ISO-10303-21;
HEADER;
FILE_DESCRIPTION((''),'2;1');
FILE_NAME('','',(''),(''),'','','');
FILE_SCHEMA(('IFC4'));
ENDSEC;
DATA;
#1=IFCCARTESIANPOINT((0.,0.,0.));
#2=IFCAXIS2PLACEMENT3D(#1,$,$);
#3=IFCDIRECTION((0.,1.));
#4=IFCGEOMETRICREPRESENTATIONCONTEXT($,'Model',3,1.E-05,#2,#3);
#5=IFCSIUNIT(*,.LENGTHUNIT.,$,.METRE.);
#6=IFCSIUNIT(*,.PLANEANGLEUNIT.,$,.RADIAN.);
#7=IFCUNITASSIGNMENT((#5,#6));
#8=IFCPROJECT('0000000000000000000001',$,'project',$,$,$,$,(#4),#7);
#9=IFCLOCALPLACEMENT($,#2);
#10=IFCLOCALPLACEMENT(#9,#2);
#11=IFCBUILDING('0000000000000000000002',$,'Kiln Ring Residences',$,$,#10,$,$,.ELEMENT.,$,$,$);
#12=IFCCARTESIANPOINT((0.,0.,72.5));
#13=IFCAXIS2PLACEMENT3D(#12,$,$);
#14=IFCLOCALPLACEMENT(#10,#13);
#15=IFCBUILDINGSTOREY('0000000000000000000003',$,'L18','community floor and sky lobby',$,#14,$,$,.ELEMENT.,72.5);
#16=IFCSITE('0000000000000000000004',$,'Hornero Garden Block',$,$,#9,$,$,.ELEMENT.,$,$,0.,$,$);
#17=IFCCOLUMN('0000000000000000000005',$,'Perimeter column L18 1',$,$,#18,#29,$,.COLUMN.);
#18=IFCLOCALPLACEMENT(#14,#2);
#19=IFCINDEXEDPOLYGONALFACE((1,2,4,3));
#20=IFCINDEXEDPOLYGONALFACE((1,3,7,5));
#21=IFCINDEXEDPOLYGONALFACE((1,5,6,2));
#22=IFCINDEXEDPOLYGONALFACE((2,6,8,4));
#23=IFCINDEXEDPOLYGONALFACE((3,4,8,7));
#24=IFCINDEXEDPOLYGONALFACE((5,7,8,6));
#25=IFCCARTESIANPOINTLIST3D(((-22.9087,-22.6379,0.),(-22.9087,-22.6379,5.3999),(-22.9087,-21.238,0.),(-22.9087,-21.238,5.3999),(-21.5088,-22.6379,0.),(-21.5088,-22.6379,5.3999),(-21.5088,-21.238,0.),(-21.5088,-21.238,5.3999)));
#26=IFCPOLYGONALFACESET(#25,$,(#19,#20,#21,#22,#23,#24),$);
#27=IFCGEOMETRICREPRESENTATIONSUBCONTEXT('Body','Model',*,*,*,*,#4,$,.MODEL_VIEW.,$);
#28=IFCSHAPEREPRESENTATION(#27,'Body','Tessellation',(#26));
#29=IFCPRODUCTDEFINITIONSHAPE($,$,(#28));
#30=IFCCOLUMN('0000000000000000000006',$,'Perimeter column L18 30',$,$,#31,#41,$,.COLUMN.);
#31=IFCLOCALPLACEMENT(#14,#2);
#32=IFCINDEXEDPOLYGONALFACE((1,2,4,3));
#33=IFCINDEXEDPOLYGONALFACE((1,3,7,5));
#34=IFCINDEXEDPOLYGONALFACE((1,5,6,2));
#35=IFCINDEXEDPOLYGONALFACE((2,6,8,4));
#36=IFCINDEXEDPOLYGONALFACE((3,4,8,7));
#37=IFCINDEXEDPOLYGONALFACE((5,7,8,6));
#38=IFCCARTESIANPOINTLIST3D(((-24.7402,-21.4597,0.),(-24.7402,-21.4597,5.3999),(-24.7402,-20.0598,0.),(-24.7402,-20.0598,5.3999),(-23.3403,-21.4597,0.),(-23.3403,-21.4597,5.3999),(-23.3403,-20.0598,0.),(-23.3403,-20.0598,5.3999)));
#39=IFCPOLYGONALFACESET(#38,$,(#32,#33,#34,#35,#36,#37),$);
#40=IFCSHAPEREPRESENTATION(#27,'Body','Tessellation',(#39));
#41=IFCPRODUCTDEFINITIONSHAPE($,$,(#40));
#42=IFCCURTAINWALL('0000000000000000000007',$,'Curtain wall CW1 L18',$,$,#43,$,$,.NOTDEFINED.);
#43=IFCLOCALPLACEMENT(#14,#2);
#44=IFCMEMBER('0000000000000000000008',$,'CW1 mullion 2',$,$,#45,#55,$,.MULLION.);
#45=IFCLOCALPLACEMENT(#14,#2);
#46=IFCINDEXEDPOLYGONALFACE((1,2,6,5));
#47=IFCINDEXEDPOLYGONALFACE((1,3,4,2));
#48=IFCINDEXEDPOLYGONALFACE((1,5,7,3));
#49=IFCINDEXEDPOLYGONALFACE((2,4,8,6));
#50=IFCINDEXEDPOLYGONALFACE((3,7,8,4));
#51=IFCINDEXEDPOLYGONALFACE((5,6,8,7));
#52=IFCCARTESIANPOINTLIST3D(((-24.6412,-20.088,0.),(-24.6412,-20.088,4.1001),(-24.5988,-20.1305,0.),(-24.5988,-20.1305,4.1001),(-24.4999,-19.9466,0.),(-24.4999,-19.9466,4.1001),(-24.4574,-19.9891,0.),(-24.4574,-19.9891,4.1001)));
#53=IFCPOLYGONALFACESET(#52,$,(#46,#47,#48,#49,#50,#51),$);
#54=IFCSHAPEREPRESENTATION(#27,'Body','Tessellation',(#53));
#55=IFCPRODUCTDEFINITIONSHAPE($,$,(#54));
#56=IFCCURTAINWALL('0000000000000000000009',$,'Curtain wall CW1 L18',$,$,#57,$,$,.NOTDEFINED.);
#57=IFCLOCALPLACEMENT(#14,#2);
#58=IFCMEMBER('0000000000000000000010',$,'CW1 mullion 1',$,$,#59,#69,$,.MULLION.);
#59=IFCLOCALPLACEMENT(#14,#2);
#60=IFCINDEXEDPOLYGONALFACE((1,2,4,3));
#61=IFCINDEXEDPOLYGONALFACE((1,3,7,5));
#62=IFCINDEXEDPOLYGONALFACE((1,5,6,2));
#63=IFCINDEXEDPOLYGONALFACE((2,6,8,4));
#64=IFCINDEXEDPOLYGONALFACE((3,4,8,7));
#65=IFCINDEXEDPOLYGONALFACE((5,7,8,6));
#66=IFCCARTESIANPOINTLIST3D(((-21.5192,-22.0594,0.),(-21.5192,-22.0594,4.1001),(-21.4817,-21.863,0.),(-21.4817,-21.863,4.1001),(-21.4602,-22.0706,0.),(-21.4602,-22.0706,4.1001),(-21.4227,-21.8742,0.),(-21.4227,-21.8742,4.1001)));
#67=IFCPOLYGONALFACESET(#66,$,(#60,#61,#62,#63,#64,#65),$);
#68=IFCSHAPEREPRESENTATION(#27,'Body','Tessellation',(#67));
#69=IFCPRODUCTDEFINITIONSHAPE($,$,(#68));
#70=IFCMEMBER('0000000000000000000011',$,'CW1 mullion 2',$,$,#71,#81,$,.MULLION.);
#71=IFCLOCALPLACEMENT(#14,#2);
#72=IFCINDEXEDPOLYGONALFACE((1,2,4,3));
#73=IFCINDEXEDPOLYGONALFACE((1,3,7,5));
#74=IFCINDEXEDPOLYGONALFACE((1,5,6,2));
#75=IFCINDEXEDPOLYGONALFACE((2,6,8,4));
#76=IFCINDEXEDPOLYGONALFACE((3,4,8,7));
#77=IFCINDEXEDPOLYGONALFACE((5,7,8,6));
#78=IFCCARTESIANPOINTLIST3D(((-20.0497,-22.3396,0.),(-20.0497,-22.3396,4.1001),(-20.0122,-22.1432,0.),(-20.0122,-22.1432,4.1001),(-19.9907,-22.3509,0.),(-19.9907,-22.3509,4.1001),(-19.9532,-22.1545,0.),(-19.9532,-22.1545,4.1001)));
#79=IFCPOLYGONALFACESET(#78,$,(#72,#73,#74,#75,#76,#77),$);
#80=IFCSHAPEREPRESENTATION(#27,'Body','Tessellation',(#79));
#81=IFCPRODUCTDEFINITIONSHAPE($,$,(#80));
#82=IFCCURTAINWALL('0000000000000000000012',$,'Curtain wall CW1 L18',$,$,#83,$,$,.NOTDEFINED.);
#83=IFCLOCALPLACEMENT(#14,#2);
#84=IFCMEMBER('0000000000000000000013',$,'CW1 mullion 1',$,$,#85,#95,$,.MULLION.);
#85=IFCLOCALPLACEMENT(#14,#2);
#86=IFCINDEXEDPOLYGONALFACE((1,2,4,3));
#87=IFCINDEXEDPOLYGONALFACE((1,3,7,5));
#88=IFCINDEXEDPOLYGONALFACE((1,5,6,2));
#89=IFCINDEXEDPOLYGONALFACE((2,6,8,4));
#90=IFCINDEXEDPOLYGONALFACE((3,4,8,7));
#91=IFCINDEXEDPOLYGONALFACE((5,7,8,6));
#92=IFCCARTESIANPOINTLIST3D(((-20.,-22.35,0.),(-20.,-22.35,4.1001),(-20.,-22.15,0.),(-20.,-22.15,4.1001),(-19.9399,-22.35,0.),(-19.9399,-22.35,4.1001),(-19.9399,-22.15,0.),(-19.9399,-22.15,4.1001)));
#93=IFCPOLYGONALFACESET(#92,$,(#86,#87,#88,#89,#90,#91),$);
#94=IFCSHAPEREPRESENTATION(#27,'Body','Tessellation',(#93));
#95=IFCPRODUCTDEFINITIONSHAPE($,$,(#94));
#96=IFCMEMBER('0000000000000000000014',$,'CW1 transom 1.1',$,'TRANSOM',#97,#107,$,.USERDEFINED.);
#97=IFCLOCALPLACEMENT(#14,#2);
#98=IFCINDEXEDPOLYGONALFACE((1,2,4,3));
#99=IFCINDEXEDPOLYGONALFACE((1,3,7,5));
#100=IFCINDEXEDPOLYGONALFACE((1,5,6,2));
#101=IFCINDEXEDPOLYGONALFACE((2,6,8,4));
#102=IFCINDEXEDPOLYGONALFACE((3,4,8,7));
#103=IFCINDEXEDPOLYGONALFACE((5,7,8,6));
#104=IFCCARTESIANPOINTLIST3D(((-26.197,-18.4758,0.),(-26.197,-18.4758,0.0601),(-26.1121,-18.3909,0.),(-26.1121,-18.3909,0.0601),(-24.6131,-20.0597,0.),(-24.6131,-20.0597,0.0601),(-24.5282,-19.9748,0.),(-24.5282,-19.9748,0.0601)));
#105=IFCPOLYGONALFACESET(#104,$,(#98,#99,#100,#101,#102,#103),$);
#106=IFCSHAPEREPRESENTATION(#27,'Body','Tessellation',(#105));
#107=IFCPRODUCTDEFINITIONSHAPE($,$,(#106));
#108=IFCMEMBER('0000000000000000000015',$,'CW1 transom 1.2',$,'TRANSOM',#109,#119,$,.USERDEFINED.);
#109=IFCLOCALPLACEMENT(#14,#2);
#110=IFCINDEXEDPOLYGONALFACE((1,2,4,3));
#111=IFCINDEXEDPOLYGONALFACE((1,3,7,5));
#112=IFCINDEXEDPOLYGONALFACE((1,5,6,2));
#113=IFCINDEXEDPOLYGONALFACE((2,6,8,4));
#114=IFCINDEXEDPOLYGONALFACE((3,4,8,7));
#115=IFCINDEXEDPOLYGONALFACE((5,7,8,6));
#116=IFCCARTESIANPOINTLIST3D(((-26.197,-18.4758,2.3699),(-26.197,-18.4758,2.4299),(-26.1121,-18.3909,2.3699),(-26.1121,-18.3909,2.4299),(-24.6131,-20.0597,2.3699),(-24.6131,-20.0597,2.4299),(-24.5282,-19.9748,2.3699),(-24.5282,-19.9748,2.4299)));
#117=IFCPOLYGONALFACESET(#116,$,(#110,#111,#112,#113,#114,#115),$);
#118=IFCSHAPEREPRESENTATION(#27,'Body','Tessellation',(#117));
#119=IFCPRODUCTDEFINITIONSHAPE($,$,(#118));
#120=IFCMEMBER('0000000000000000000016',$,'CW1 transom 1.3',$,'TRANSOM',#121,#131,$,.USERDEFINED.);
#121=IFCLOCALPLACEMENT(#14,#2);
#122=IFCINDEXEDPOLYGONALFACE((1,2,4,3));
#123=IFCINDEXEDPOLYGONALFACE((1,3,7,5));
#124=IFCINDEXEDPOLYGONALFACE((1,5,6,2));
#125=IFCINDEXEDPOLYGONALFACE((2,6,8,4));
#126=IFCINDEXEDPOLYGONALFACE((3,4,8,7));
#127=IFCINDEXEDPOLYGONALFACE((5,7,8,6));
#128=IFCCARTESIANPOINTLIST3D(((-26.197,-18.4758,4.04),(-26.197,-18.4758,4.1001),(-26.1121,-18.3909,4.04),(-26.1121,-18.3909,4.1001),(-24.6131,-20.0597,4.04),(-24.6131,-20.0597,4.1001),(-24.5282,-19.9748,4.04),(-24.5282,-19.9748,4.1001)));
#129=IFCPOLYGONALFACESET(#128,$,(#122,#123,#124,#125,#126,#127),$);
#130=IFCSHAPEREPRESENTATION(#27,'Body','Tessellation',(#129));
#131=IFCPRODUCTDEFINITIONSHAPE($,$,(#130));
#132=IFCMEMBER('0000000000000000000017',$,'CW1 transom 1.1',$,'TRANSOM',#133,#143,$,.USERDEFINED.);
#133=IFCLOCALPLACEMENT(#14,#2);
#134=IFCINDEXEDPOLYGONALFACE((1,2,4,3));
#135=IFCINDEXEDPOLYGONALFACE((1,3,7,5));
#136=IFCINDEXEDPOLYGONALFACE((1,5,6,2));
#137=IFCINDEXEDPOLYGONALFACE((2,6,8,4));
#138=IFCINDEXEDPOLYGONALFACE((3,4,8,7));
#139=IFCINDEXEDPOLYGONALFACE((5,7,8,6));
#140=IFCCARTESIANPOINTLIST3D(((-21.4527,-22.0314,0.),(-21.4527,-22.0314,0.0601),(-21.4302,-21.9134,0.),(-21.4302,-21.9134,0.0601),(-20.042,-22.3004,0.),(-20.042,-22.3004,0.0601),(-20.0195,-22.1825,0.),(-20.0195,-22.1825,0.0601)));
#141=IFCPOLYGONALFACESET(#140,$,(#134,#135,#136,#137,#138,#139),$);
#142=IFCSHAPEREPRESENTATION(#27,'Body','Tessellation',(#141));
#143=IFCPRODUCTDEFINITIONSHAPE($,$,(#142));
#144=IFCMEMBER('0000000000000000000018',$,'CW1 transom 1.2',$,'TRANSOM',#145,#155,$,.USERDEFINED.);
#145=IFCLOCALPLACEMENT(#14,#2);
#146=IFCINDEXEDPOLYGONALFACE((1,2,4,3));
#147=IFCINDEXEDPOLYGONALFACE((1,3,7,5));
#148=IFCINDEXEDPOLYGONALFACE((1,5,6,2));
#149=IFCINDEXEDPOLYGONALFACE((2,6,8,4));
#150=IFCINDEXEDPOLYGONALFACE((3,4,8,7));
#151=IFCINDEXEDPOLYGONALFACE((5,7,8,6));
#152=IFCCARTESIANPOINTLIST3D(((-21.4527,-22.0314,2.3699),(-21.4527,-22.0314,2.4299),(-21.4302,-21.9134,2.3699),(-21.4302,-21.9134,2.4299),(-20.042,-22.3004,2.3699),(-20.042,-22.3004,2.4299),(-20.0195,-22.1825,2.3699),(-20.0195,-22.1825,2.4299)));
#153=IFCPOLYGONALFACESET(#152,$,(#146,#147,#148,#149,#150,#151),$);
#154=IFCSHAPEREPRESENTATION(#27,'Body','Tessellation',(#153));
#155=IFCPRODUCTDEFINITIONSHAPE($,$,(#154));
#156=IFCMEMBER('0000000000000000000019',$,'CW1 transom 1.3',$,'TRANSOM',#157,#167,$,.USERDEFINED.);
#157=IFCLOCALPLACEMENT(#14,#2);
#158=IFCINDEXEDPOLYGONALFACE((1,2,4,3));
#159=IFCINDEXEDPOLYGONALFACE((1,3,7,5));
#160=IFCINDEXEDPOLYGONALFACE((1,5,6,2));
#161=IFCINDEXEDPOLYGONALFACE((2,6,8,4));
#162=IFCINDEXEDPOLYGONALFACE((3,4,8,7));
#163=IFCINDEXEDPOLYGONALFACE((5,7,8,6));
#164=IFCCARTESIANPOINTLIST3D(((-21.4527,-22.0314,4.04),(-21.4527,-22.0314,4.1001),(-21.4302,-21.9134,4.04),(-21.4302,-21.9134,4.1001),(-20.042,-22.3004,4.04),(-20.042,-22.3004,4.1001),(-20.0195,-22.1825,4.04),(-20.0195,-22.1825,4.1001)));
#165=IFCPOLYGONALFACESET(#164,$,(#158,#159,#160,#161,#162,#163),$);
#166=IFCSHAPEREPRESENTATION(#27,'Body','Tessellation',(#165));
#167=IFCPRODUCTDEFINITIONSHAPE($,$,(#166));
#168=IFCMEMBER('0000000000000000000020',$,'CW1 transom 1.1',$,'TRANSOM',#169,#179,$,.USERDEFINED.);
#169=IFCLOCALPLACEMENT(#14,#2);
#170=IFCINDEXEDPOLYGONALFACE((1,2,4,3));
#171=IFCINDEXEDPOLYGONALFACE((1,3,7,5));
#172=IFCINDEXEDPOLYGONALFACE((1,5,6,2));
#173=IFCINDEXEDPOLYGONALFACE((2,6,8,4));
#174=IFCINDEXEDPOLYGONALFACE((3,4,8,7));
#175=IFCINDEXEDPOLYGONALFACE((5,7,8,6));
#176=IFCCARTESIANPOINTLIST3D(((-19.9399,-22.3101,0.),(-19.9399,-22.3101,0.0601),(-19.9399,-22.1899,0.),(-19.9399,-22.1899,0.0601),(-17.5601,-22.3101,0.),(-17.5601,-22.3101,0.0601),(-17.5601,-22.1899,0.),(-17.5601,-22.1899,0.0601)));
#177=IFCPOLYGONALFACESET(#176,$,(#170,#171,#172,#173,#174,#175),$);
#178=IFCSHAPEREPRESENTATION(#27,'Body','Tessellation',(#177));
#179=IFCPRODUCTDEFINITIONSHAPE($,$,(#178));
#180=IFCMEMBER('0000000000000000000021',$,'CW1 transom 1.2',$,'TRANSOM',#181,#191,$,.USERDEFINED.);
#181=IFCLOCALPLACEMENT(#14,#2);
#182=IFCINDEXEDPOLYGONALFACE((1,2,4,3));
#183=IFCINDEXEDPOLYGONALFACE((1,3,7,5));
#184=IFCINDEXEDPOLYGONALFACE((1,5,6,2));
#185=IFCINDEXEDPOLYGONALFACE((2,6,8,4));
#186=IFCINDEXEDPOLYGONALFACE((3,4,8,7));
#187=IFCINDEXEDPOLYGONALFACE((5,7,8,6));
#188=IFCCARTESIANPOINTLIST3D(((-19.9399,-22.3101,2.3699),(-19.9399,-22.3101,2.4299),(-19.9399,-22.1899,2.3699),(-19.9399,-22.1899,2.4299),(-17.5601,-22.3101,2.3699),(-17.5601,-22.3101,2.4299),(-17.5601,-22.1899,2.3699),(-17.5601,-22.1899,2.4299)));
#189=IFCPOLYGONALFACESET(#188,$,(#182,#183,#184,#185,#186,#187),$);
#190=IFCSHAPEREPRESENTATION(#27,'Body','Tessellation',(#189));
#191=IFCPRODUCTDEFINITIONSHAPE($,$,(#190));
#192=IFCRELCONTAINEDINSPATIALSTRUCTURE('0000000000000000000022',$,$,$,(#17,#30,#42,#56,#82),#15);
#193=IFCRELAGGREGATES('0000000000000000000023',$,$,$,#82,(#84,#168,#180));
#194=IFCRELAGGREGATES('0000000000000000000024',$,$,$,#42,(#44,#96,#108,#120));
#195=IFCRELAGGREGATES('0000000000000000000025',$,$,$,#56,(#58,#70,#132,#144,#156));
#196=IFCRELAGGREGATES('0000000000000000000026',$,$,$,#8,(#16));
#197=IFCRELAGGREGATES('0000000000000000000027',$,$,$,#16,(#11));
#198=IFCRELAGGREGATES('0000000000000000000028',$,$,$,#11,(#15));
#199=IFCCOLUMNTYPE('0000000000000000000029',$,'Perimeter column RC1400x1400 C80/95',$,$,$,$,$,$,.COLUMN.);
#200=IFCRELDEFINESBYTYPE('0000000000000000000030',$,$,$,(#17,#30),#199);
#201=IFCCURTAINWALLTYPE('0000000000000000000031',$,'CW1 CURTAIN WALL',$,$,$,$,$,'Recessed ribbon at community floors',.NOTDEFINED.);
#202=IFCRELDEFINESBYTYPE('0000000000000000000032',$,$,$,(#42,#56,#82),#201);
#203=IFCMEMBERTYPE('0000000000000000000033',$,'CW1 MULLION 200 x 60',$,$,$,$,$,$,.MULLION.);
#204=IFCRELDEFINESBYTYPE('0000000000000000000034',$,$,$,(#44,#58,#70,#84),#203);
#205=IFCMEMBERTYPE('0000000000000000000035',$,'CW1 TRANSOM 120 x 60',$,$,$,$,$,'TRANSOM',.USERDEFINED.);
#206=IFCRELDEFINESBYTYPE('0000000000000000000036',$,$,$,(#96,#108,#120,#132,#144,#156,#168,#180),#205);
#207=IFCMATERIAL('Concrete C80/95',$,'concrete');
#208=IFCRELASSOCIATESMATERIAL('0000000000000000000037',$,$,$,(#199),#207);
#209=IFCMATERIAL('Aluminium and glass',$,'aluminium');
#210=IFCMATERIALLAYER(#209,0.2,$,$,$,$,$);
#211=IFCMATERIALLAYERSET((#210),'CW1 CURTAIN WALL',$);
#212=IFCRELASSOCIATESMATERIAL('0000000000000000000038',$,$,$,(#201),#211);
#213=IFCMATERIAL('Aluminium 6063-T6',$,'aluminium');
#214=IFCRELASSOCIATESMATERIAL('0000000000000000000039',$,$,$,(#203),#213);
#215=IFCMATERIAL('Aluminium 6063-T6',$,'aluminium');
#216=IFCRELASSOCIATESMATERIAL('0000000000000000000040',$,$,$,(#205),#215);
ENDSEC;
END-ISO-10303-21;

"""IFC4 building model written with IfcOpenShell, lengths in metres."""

from ifc_helpers import new_model, si_unit, direction, frame, origin, origin_2d, place, context, subcontext, project, spatial, rectangle, extrude, material, layer, layer_set, material_profile, profile_set, type_object, element, aggregate, save


model = new_model("IFC4")

# Units and contexts
model_context = context("Model", 3, precision=1e-05, world=origin(), true_north=direction((0.0, 1.0)))
body_context = subcontext(model_context, "Body", "Model", "MODEL_VIEW")
ifc_project = project(units=[si_unit("LENGTHUNIT", "METRE"), si_unit("PLANEANGLEUNIT", "RADIAN")], contexts=[model_context])

# Site, building, storey
site_placement = place(None, origin())
site = spatial("IfcSite", under=ifc_project, at=site_placement, Name="Hornero Garden Block", CompositionType="ELEMENT", RefElevation=0.0)
building_placement = place(site_placement, origin())
building = spatial("IfcBuilding", under=site, at=building_placement, Name="Kiln Ring Residences", CompositionType="ELEMENT")
storey_placement = place(building_placement, frame((0.0, 0.0, 72.5)))
storey = spatial("IfcBuildingStorey", under=building, at=storey_placement, Name="L18", Description="community floor and sky lobby", CompositionType="ELEMENT", Elevation=72.5)

# Columns
ifc_material_1 = material(Name="Concrete C80/95", Category="concrete")
ifc_material_profile_1 = material_profile(ifc_material_1, rectangle(XDim=1.3999, YDim=1.3999, at=origin_2d()), Name="RC1400x1400")
ifc_profile_set_1 = profile_set([ifc_material_profile_1], Name="Concrete C80/95")
column_type = type_object("IfcColumnType", Name="Perimeter column RC1400x1400 C80/95", PredefinedType="COLUMN", material=ifc_profile_set_1)
for number, where, z_axis, x_axis, name in (
    (1, (-22.2087, -21.938, 0.0), (0.0, 0.0, 1.0), (1.0, 0.0, 0.0), "Perimeter column L18 1"),
    (2, (-24.0403, -20.7598, 0.0), (0.0, 0.0, 1.0), (1.0, 0.0, 0.0), "Perimeter column L18 30"),
):
    element("IfcColumn", number, at=place(storey_placement, frame(where, z_axis=z_axis, x_axis=x_axis)), inside=storey, type_object=column_type, Name=name, PredefinedType="COLUMN", context=body_context, shape_type="SweptSolid", body=[
        extrude(rectangle(XDim=1.3999, YDim=1.3999, at=origin_2d()), origin(), (0.0, 0.0, 1.0), 5.3999),
    ])

# Curtain wall, member
ifc_material_2 = material(Name="Aluminium and glass", Category="aluminium")
ifc_layer_1 = layer(ifc_material_2, 0.2)
ifc_layer_set_1 = layer_set([ifc_layer_1], Name="CW1 CURTAIN WALL")
curtain_wall_type = type_object("IfcCurtainWallType", Name="CW1 CURTAIN WALL", ElementType="Recessed ribbon at community floors", PredefinedType="NOTDEFINED", material=ifc_layer_set_1)
placement = place(storey_placement, origin())
curtain_wall_1 = element("IfcCurtainWall", 3, at=placement, inside=storey, type_object=curtain_wall_type, Name="Curtain wall CW1 L18", PredefinedType="NOTDEFINED")
ifc_material_3 = material(Name="Aluminium 6063-T6", Category="aluminium")
ifc_material_profile_2 = material_profile(ifc_material_3, rectangle(XDim=0.2, YDim=0.0601, at=origin_2d()), Name="AL 200x60")
ifc_profile_set_2 = profile_set([ifc_material_profile_2], Name="Aluminium 6063-T6")
member_type_1 = type_object("IfcMemberType", Name="CW1 MULLION 200 x 60", PredefinedType="MULLION", material=ifc_profile_set_2)
member_1_placement = place(storey_placement, frame((-24.5493, -20.0386, 0.0), z_axis=(0.0, 0.0, 1.0), x_axis=(0.707107, 0.707107, 0.0)))
member_1 = element("IfcMember", 4, at=member_1_placement, type_object=member_type_1, Name="CW1 mullion 2", PredefinedType="MULLION", context=body_context, shape_type="SweptSolid", body=[
    extrude(rectangle(XDim=0.2, YDim=0.0601, at=origin_2d()), origin(), (0.0, 0.0, 1.0), 4.1001),
])

# Curtain wall, members
curtain_wall_2 = element("IfcCurtainWall", 5, at=placement, inside=storey, type_object=curtain_wall_type, Name="Curtain wall CW1 L18", PredefinedType="NOTDEFINED")
member_2_placement = place(storey_placement, frame((-21.4709, -21.9668, 0.0), z_axis=(0.0, 0.0, 1.0), x_axis=(0.187366, 0.98229, 0.0)))
member_2 = element("IfcMember", 6, at=member_2_placement, type_object=member_type_1, Name="CW1 mullion 1", PredefinedType="MULLION", context=body_context, shape_type="SweptSolid", body=[
    extrude(rectangle(XDim=0.2, YDim=0.0601, at=origin_2d()), origin(), (0.0, 0.0, 1.0), 4.1001),
])
member_3_placement = place(storey_placement, frame((-20.0015, -22.2471, 0.0), z_axis=(0.0, 0.0, 1.0), x_axis=(0.187366, 0.98229, 0.0)))
member_3 = element("IfcMember", 7, at=member_3_placement, type_object=member_type_1, Name="CW1 mullion 2", PredefinedType="MULLION", context=body_context, shape_type="SweptSolid", body=[
    extrude(rectangle(XDim=0.2, YDim=0.0601, at=origin_2d()), origin(), (0.0, 0.0, 1.0), 4.1001),
])

# Curtain wall, member
curtain_wall_3 = element("IfcCurtainWall", 8, at=placement, inside=storey, type_object=curtain_wall_type, Name="Curtain wall CW1 L18", PredefinedType="NOTDEFINED")
member_4_placement = place(storey_placement, frame((-19.97, -22.25, 0.0), z_axis=(0.0, 0.0, 1.0), x_axis=(0.0, 1.0, 0.0)))
member_4 = element("IfcMember", 9, at=member_4_placement, type_object=member_type_1, Name="CW1 mullion 1", PredefinedType="MULLION", context=body_context, shape_type="SweptSolid", body=[
    extrude(rectangle(XDim=0.2, YDim=0.0601, at=origin_2d()), origin(), (0.0, 0.0, 1.0), 4.1001),
])

# Members
ifc_material_4 = material(Name="Aluminium 6063-T6", Category="aluminium")
ifc_material_profile_3 = material_profile(ifc_material_4, rectangle(XDim=0.1201, YDim=0.0601, at=origin_2d()), Name="AL 120x60")
ifc_profile_set_3 = profile_set([ifc_material_profile_3], Name="Aluminium 6063-T6")
member_type_2 = type_object("IfcMemberType", Name="CW1 TRANSOM 120 x 60", ElementType="TRANSOM", PredefinedType="USERDEFINED", material=ifc_profile_set_3)
member_5_placement = place(storey_placement, frame((-26.1545, -18.4333, 0.03), z_axis=(0.707107, -0.707107, 0.0), x_axis=(0.707107, 0.707107, 0.0)))
member_5 = element("IfcMember", 10, at=member_5_placement, type_object=member_type_2, Name="CW1 transom 1.1", ObjectType="TRANSOM", PredefinedType="USERDEFINED", context=body_context, shape_type="SweptSolid", body=[
    extrude(rectangle(XDim=0.1201, YDim=0.0601, at=origin_2d()), origin(), (0.0, 0.0, 1.0), 2.24),
])
member_6_placement = place(storey_placement, frame((-26.1545, -18.4333, 2.3999), z_axis=(0.707107, -0.707107, 0.0), x_axis=(0.707107, 0.707107, 0.0)))
member_6 = element("IfcMember", 11, at=member_6_placement, type_object=member_type_2, Name="CW1 transom 1.2", ObjectType="TRANSOM", PredefinedType="USERDEFINED", context=body_context, shape_type="SweptSolid", body=[
    extrude(rectangle(XDim=0.1201, YDim=0.0601, at=origin_2d()), origin(), (0.0, 0.0, 1.0), 2.24),
])
member_7_placement = place(storey_placement, frame((-26.1545, -18.4333, 4.0701), z_axis=(0.707107, -0.707107, 0.0), x_axis=(0.707107, 0.707107, 0.0)))
member_7 = element("IfcMember", 12, at=member_7_placement, type_object=member_type_2, Name="CW1 transom 1.3", ObjectType="TRANSOM", PredefinedType="USERDEFINED", context=body_context, shape_type="SweptSolid", body=[
    extrude(rectangle(XDim=0.1201, YDim=0.0601, at=origin_2d()), origin(), (0.0, 0.0, 1.0), 2.24),
])
member_8_placement = place(storey_placement, frame((-21.4414, -21.9724, 0.03), z_axis=(0.982294, -0.187346, 0.0), x_axis=(0.187346, 0.982294, 0.0)))
member_8 = element("IfcMember", 13, at=member_8_placement, type_object=member_type_2, Name="CW1 transom 1.1", ObjectType="TRANSOM", PredefinedType="USERDEFINED", context=body_context, shape_type="SweptSolid", body=[
    extrude(rectangle(XDim=0.1201, YDim=0.0601, at=origin_2d()), origin(), (0.0, 0.0, 1.0), 1.436),
])
member_9_placement = place(storey_placement, frame((-21.4414, -21.9724, 2.3999), z_axis=(0.982294, -0.187346, 0.0), x_axis=(0.187346, 0.982294, 0.0)))
member_9 = element("IfcMember", 14, at=member_9_placement, type_object=member_type_2, Name="CW1 transom 1.2", ObjectType="TRANSOM", PredefinedType="USERDEFINED", context=body_context, shape_type="SweptSolid", body=[
    extrude(rectangle(XDim=0.1201, YDim=0.0601, at=origin_2d()), origin(), (0.0, 0.0, 1.0), 1.436),
])
member_10_placement = place(storey_placement, frame((-21.4414, -21.9724, 4.0701), z_axis=(0.982294, -0.187346, 0.0), x_axis=(0.187346, 0.982294, 0.0)))
member_10 = element("IfcMember", 15, at=member_10_placement, type_object=member_type_2, Name="CW1 transom 1.3", ObjectType="TRANSOM", PredefinedType="USERDEFINED", context=body_context, shape_type="SweptSolid", body=[
    extrude(rectangle(XDim=0.1201, YDim=0.0601, at=origin_2d()), origin(), (0.0, 0.0, 1.0), 1.436),
])
member_11_placement = place(storey_placement, frame((-19.9399, -22.25, 0.03), z_axis=(1.0, 0.0, 0.0), x_axis=(0.0, 1.0, 0.0)))
member_11 = element("IfcMember", 16, at=member_11_placement, type_object=member_type_2, Name="CW1 transom 1.1", ObjectType="TRANSOM", PredefinedType="USERDEFINED", context=body_context, shape_type="SweptSolid", body=[
    extrude(rectangle(XDim=0.1201, YDim=0.0601, at=origin_2d()), origin(), (0.0, 0.0, 1.0), 2.3799),
])
member_12_placement = place(storey_placement, frame((-19.9399, -22.25, 2.3999), z_axis=(1.0, 0.0, 0.0), x_axis=(0.0, 1.0, 0.0)))
member_12 = element("IfcMember", 17, at=member_12_placement, type_object=member_type_2, Name="CW1 transom 1.2", ObjectType="TRANSOM", PredefinedType="USERDEFINED", context=body_context, shape_type="SweptSolid", body=[
    extrude(rectangle(XDim=0.1201, YDim=0.0601, at=origin_2d()), origin(), (0.0, 0.0, 1.0), 2.3799),
])
aggregate(curtain_wall_3, [member_4, member_11, member_12])

aggregate(curtain_wall_1, [member_1, member_5, member_6, member_7])
aggregate(curtain_wall_2, [member_2, member_3, member_8, member_9, member_10])

save(model, "model.ifc")
